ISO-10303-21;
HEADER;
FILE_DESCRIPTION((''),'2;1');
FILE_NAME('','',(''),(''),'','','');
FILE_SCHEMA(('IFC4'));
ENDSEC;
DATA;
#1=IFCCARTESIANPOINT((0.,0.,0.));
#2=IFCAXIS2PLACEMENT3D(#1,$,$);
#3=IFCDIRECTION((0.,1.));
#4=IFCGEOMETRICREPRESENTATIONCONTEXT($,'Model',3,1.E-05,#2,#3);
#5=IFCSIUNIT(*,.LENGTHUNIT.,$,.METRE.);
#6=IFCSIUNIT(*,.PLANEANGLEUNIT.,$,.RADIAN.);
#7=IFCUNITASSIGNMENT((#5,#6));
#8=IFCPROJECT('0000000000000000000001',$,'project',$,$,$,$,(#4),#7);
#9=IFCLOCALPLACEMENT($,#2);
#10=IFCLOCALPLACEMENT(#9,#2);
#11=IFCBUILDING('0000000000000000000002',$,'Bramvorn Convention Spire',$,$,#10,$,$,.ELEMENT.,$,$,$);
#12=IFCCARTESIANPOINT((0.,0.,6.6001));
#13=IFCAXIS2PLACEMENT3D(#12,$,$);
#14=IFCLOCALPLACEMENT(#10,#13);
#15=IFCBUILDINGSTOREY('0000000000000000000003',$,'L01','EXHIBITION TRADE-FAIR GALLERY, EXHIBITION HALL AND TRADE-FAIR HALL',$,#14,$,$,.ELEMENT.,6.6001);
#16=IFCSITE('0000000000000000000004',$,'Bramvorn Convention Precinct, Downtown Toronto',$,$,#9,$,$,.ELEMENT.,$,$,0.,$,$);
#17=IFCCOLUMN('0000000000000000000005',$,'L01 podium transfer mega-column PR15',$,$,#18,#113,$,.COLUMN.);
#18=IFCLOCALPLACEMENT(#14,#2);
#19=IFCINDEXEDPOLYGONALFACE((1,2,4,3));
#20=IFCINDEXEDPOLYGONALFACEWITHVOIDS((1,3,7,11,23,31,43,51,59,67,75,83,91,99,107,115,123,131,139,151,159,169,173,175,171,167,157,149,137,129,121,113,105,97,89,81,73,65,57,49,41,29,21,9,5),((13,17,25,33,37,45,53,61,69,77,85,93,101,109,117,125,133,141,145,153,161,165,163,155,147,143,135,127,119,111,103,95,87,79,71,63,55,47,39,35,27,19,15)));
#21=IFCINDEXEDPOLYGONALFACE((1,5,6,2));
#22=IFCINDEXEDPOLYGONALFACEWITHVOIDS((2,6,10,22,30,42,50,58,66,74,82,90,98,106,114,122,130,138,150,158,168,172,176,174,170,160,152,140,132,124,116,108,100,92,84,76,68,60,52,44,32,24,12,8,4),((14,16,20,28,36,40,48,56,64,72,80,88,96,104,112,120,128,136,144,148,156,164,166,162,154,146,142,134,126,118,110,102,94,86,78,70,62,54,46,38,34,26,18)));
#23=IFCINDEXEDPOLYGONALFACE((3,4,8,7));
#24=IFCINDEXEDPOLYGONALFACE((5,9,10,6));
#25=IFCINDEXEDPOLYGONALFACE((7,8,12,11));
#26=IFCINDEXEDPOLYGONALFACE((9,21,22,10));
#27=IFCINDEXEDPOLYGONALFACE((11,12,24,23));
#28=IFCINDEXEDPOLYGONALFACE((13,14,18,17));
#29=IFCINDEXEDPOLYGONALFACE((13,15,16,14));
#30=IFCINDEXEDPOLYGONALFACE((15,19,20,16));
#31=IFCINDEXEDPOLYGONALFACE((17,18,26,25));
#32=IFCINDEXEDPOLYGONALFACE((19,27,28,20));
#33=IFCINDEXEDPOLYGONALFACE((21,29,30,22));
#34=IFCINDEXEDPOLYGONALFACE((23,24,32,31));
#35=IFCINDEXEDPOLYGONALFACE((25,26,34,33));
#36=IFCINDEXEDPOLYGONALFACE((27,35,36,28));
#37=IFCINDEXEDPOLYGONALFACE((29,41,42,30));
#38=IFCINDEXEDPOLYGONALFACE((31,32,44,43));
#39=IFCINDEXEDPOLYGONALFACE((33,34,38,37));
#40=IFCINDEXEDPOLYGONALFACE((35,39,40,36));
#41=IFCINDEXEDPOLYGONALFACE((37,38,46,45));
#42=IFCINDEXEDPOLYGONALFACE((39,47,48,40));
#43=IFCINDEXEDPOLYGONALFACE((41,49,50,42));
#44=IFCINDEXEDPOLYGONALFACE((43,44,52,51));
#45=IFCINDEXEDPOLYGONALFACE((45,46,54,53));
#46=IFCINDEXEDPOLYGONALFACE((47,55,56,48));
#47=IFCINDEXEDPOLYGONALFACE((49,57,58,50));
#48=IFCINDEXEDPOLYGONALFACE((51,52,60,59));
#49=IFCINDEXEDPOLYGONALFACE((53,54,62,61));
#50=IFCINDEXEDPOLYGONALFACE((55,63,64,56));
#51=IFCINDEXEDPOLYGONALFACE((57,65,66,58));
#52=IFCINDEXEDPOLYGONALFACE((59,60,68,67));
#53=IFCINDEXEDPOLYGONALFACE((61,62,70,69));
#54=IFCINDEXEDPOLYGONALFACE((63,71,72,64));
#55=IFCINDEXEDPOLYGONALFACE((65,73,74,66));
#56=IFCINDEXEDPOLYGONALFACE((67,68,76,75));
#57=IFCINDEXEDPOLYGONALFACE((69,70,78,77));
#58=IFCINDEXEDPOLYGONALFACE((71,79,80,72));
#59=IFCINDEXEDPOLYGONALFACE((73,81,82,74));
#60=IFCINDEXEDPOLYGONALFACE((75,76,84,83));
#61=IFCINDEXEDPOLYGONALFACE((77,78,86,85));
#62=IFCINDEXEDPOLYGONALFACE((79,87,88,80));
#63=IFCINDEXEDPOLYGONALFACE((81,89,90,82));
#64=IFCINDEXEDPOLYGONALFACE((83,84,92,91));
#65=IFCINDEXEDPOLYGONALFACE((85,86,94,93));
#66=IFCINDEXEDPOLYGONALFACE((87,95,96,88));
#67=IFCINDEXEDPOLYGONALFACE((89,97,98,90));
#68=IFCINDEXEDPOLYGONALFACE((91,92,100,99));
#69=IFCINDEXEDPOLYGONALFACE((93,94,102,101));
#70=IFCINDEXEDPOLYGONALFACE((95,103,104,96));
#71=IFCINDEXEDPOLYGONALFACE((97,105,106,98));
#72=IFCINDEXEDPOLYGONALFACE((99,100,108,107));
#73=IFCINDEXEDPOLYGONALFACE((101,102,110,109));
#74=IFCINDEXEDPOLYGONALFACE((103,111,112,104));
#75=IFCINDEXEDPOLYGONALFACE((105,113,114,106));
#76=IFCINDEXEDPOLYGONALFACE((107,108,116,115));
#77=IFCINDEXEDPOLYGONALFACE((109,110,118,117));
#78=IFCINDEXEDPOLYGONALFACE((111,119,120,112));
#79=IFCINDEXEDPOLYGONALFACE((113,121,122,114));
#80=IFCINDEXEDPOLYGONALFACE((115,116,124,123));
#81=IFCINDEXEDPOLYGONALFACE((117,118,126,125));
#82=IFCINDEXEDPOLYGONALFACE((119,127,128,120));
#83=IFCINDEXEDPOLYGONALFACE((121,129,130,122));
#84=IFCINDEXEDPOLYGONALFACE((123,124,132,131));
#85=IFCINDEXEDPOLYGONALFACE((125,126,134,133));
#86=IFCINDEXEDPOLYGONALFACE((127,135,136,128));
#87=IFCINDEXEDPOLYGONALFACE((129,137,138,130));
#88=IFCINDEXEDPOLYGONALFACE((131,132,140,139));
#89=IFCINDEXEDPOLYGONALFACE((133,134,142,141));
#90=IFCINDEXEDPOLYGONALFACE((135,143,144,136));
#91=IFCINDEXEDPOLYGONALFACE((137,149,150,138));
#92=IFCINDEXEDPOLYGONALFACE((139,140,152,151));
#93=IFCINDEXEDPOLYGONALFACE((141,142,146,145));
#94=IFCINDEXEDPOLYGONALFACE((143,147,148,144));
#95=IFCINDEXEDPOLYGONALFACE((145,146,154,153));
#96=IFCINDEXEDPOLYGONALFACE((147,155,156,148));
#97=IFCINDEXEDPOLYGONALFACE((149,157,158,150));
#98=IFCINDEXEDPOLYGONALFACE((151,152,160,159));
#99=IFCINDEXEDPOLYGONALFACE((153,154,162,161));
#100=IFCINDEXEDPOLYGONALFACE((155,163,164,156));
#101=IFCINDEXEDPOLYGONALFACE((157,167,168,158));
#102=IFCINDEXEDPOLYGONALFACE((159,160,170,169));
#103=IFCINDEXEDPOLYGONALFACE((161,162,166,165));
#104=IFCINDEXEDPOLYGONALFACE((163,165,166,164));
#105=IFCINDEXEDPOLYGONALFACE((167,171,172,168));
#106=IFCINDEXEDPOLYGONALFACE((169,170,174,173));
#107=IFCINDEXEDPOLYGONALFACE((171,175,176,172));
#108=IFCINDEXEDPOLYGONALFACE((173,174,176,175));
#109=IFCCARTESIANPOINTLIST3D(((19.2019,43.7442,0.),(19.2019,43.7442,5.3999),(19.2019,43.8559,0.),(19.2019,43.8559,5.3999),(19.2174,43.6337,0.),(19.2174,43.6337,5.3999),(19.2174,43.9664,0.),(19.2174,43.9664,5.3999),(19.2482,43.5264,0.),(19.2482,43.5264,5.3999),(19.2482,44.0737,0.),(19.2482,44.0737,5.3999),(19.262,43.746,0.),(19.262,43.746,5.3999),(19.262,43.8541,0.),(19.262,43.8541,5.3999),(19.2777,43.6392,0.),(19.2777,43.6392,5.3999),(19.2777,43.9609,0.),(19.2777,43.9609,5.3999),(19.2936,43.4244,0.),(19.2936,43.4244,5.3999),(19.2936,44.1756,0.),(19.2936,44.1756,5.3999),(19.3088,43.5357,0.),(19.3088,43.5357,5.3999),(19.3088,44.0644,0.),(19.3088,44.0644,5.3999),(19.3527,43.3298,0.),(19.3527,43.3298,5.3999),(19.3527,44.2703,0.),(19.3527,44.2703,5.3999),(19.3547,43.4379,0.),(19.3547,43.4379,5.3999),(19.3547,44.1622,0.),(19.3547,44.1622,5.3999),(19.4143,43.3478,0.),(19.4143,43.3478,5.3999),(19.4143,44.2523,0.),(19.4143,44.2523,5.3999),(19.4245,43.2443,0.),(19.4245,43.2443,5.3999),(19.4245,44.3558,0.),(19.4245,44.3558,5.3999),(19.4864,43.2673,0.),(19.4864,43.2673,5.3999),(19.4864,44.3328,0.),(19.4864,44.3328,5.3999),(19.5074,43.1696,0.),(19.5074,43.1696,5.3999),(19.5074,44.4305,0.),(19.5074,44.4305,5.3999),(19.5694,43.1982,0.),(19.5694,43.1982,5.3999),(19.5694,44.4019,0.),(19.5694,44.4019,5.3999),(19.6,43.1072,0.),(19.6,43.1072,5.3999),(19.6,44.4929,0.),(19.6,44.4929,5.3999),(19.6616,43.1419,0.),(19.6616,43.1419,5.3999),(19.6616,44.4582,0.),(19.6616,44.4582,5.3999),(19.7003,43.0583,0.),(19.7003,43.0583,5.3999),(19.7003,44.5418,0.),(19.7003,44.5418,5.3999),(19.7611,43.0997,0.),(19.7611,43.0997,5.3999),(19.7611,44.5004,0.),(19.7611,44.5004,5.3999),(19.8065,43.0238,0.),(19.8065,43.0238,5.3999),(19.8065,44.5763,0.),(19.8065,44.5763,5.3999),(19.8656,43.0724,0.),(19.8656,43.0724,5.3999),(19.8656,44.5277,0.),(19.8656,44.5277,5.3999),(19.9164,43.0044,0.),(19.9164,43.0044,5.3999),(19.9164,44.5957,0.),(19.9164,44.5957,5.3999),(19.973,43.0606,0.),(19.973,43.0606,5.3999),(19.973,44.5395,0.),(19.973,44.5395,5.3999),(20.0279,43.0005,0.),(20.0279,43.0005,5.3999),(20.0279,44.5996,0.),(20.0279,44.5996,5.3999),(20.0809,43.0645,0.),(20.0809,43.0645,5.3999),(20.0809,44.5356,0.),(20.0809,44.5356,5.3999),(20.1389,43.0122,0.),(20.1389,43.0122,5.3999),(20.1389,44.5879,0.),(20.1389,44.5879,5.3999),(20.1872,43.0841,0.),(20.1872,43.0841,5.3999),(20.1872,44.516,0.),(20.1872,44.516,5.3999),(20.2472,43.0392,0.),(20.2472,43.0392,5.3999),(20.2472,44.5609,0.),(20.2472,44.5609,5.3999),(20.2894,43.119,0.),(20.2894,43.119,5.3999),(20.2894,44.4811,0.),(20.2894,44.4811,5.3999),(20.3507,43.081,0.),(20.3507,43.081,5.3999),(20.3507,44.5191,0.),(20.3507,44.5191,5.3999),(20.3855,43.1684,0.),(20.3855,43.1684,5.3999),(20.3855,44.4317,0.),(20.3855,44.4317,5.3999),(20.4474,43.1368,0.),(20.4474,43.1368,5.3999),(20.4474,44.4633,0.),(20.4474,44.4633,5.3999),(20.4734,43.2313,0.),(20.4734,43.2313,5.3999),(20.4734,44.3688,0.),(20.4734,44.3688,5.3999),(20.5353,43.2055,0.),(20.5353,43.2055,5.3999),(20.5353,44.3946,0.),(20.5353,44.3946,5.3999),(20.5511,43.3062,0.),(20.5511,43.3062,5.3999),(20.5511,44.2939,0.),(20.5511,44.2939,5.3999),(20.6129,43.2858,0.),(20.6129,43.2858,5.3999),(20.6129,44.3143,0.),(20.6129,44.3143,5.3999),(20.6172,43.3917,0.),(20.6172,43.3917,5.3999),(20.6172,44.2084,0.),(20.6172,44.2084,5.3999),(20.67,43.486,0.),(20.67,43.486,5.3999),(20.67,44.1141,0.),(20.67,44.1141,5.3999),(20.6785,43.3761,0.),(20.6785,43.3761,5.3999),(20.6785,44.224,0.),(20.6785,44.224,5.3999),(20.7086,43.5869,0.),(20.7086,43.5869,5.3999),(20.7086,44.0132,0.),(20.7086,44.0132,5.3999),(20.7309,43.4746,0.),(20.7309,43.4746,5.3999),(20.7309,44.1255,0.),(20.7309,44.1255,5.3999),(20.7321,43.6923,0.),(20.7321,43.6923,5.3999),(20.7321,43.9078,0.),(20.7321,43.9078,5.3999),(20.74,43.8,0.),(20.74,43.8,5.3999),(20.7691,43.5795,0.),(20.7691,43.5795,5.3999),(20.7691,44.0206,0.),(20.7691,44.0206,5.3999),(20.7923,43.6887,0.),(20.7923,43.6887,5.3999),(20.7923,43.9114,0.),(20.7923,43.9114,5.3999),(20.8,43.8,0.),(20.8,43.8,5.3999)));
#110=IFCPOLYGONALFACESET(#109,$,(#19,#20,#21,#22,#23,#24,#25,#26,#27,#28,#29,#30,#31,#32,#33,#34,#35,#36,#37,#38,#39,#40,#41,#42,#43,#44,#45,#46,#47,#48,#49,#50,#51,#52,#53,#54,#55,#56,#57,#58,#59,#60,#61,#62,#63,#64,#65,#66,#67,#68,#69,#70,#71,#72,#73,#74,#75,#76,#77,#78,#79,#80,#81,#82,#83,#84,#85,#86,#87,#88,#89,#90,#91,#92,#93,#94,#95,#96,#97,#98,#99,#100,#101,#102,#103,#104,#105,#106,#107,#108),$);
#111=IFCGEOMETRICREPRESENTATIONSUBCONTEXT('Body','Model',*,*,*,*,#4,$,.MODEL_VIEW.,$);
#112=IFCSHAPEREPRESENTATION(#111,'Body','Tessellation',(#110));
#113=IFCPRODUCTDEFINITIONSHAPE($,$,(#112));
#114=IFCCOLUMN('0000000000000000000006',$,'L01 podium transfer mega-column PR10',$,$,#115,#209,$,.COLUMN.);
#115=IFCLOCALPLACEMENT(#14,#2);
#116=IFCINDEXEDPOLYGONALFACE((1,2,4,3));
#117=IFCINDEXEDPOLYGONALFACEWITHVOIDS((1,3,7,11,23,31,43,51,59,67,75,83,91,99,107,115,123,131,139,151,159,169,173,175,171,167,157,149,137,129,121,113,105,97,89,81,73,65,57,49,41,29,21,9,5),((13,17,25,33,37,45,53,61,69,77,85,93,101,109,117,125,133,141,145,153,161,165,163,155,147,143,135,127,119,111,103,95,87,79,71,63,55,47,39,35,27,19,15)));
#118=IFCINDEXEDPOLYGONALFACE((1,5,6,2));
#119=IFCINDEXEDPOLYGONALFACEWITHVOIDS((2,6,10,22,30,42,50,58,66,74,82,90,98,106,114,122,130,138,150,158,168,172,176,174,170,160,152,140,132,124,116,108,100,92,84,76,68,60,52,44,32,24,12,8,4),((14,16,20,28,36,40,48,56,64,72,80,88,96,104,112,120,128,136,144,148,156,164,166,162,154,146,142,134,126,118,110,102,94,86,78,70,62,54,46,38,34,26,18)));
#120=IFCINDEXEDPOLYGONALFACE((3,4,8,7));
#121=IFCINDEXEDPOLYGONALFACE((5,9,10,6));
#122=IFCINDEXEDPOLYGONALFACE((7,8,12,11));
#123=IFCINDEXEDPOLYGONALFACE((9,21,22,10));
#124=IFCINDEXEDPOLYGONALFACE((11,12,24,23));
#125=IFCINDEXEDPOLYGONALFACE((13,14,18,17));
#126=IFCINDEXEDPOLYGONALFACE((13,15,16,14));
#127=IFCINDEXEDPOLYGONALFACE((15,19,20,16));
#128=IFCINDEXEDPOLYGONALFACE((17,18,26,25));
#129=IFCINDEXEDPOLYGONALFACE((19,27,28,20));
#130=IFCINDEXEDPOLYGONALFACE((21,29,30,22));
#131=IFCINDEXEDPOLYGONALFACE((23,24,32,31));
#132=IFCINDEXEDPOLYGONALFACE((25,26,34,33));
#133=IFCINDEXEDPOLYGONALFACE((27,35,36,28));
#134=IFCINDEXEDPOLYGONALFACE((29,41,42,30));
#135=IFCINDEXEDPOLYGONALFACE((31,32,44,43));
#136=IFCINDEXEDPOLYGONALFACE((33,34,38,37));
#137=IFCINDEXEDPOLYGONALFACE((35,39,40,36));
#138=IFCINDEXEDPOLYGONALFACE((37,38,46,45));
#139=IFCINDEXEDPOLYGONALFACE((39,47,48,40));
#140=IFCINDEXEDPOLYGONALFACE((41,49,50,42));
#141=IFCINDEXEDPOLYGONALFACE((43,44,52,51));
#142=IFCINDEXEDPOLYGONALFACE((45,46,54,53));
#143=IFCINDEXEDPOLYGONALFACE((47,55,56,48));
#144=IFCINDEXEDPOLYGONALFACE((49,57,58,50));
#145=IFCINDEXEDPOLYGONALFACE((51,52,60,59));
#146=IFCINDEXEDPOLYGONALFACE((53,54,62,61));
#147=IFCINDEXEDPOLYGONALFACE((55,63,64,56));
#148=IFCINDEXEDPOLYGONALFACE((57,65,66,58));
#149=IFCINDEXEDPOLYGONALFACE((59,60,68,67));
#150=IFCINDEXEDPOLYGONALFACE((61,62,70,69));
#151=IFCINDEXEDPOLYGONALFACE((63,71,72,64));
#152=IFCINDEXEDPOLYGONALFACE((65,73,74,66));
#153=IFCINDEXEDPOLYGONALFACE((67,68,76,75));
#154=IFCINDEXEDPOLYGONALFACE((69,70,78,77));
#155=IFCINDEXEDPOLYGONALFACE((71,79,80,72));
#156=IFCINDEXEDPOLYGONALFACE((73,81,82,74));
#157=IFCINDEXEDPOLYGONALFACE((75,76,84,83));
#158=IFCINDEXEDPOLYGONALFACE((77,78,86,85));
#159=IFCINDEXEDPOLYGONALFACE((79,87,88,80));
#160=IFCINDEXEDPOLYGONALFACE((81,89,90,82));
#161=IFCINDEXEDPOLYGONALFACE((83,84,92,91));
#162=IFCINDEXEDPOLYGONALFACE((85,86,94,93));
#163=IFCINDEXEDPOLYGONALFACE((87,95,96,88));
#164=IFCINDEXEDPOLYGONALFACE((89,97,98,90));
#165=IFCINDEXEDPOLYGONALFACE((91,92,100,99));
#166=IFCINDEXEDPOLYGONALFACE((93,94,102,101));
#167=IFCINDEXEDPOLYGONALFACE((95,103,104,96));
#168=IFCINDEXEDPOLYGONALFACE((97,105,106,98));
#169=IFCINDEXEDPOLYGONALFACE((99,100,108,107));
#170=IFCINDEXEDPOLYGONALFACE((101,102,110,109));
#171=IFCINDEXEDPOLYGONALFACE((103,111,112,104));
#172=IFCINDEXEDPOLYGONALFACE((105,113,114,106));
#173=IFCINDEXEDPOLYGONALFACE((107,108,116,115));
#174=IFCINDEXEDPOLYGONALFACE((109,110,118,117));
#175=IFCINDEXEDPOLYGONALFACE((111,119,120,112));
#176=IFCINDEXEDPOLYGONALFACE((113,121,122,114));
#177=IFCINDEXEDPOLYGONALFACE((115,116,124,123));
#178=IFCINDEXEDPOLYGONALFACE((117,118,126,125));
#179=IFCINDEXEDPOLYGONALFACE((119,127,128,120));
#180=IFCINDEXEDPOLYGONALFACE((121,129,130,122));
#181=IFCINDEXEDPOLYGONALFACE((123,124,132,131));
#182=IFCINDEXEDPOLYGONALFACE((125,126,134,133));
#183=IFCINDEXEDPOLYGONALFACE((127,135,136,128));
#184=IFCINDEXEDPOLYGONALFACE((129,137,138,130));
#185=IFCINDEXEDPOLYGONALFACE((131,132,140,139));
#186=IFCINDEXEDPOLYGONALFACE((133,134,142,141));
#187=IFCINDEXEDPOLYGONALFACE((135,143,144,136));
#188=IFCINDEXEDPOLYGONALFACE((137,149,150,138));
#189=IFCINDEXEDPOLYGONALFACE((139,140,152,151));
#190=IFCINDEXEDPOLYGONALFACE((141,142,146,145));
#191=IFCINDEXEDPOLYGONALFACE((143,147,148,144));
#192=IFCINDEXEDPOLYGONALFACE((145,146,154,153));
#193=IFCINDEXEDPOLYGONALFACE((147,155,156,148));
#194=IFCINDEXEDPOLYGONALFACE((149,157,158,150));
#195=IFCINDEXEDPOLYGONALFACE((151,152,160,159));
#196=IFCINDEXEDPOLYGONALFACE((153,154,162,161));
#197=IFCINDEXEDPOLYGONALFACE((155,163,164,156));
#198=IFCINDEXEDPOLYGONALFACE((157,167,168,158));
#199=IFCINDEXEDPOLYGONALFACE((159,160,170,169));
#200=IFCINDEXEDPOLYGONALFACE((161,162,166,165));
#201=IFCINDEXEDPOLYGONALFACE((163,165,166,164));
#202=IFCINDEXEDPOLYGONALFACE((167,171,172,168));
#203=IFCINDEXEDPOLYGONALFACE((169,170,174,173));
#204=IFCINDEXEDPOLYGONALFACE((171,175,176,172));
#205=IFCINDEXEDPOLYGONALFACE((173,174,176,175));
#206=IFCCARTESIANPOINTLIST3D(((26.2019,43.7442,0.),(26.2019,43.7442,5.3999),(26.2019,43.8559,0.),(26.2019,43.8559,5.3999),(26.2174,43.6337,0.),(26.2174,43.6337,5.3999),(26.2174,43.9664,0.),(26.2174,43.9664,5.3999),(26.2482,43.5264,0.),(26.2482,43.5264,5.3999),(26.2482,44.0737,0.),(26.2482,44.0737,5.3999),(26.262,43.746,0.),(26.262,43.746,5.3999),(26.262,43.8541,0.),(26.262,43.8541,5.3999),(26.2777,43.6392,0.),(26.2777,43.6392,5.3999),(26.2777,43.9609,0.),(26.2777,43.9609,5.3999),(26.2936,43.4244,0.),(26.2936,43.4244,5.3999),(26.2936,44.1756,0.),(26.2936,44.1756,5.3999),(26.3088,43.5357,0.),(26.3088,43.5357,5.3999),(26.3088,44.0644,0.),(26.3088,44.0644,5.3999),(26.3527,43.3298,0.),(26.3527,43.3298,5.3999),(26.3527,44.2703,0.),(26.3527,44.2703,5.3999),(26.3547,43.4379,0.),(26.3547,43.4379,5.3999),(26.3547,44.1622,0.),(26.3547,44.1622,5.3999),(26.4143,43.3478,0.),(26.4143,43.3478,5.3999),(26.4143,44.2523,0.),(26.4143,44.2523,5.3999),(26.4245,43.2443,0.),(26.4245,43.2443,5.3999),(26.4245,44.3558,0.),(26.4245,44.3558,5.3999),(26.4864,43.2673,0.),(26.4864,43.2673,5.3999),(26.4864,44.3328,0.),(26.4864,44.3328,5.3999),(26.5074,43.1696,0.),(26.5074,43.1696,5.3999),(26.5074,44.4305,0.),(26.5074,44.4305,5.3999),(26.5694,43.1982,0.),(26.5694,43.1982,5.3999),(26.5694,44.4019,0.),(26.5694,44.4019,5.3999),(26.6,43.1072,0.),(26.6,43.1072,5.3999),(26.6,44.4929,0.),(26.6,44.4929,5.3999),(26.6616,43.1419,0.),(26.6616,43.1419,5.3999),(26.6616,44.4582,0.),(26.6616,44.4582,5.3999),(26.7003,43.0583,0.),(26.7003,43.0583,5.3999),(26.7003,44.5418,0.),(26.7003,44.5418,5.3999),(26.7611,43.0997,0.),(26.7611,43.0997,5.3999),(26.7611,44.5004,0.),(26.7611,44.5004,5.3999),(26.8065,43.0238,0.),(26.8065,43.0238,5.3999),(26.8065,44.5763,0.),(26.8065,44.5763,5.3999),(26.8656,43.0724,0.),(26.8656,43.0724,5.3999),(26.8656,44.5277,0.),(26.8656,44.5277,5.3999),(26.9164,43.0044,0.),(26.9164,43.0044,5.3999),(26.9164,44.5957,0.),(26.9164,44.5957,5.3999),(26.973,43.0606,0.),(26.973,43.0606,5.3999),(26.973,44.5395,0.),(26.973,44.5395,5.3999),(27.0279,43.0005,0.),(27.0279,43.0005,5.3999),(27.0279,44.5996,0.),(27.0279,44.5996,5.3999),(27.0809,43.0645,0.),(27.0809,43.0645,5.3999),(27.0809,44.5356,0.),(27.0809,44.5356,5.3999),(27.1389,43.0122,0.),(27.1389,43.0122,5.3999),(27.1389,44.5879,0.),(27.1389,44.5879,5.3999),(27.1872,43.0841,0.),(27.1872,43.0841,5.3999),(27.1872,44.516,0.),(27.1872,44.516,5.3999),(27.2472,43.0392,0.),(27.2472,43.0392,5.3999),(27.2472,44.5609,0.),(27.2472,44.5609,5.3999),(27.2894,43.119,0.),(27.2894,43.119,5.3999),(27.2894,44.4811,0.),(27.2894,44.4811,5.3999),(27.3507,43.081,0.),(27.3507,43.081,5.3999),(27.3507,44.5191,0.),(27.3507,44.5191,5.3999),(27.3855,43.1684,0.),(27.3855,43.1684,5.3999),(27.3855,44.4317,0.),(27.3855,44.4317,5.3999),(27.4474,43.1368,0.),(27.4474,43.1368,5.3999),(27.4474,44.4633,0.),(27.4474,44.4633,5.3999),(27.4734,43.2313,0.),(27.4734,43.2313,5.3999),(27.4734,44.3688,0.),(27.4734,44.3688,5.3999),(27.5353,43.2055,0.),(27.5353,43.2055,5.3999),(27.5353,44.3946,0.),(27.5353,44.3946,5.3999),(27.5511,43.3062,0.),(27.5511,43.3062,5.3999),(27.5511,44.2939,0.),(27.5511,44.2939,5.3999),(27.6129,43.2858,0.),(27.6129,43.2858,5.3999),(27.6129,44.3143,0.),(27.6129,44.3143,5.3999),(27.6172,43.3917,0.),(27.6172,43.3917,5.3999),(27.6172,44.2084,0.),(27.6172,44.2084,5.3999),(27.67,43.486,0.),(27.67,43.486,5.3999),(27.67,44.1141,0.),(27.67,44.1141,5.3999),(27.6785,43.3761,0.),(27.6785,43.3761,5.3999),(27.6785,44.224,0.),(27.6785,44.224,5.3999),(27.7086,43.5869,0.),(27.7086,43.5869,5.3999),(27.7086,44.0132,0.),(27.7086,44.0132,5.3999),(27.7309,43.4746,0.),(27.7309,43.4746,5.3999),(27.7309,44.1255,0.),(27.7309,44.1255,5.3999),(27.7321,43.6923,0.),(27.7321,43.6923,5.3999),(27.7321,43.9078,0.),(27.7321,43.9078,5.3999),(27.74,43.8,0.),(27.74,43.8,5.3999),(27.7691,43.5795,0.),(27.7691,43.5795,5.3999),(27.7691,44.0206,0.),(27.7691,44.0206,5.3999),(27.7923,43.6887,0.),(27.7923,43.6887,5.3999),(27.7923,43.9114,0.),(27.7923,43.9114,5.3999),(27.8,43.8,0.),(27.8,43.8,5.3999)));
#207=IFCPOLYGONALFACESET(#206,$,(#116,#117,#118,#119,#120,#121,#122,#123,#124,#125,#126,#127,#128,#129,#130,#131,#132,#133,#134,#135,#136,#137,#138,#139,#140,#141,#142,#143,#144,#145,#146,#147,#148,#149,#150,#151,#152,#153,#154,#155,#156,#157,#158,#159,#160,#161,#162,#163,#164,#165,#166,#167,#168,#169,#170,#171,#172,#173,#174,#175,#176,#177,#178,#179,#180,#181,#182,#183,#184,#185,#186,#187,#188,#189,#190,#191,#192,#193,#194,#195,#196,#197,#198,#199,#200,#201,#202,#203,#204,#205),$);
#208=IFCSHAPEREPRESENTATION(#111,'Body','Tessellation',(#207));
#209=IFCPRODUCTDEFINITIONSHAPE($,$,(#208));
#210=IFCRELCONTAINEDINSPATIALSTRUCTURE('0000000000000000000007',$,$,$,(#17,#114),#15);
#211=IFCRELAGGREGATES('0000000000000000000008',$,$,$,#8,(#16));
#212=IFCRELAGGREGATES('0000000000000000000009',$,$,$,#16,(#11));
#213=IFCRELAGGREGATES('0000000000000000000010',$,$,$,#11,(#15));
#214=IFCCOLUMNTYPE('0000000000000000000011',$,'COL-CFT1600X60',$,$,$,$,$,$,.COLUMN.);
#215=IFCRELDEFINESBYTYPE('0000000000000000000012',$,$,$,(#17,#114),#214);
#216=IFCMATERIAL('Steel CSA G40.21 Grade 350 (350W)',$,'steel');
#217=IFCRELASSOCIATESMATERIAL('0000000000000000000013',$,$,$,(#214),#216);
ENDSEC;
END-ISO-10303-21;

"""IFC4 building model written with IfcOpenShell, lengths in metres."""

from ifc_helpers import new_model, si_unit, direction, frame, origin, origin_2d, place, context, subcontext, project, spatial, hollow_circle, extrude, material, material_profile, profile_set, type_object, element, save


model = new_model("IFC4")

# Units and contexts
model_context = context("Model", 3, precision=1e-05, world=origin(), true_north=direction((0.0, 1.0)))
body_context = subcontext(model_context, "Body", "Model", "MODEL_VIEW")
ifc_project = project(units=[si_unit("LENGTHUNIT", "METRE"), si_unit("PLANEANGLEUNIT", "RADIAN")], contexts=[model_context])

# Site, building, storey
site_placement = place(None, origin())
site = spatial("IfcSite", under=ifc_project, at=site_placement, Name="Bramvorn Convention Precinct, Downtown Toronto", CompositionType="ELEMENT", RefElevation=0.0)
building_placement = place(site_placement, origin())
building = spatial("IfcBuilding", under=site, at=building_placement, Name="Bramvorn Convention Spire", CompositionType="ELEMENT")
storey_placement = place(building_placement, frame((0.0, 0.0, 6.6001)))
storey = spatial("IfcBuildingStorey", under=building, at=storey_placement, Name="L01", Description="EXHIBITION TRADE-FAIR GALLERY, EXHIBITION HALL AND TRADE-FAIR HALL", CompositionType="ELEMENT", Elevation=6.6001)

# Columns
ifc_material_1 = material(Name="Steel CSA G40.21 Grade 350 (350W)", Category="steel")
ifc_material_profile_1 = material_profile(ifc_material_1, hollow_circle(Radius=0.8, WallThickness=0.0601, at=origin_2d()))
ifc_profile_set_1 = profile_set([ifc_material_profile_1], Name="Steel CSA G40.21 Grade 350 (350W) - CFT1600X60")
column_type_1 = type_object("IfcColumnType", Name="COL-CFT1600X60", PredefinedType="COLUMN", material=ifc_profile_set_1)
for number, where, z_axis, x_axis, name in (
    (1, (20.0, 43.8, 0.0), (0.0, 0.0, 1.0), (1.0, 0.0, 0.0), "L01 podium transfer mega-column PR15"),
    (2, (27.0, 43.8, 0.0), (0.0, 0.0, 1.0), (1.0, 0.0, 0.0), "L01 podium transfer mega-column PR10"),
):
    element("IfcColumn", number, at=place(storey_placement, frame(where, z_axis=z_axis, x_axis=x_axis)), inside=storey, type_object=column_type_1, Name=name, PredefinedType="COLUMN", context=body_context, shape_type="SweptSolid", body=[
        extrude(hollow_circle(Radius=0.8, WallThickness=0.0601, at=origin_2d()), origin(), (0.0, 0.0, 1.0), 5.3999),
    ])

save(model, "model.ifc")
